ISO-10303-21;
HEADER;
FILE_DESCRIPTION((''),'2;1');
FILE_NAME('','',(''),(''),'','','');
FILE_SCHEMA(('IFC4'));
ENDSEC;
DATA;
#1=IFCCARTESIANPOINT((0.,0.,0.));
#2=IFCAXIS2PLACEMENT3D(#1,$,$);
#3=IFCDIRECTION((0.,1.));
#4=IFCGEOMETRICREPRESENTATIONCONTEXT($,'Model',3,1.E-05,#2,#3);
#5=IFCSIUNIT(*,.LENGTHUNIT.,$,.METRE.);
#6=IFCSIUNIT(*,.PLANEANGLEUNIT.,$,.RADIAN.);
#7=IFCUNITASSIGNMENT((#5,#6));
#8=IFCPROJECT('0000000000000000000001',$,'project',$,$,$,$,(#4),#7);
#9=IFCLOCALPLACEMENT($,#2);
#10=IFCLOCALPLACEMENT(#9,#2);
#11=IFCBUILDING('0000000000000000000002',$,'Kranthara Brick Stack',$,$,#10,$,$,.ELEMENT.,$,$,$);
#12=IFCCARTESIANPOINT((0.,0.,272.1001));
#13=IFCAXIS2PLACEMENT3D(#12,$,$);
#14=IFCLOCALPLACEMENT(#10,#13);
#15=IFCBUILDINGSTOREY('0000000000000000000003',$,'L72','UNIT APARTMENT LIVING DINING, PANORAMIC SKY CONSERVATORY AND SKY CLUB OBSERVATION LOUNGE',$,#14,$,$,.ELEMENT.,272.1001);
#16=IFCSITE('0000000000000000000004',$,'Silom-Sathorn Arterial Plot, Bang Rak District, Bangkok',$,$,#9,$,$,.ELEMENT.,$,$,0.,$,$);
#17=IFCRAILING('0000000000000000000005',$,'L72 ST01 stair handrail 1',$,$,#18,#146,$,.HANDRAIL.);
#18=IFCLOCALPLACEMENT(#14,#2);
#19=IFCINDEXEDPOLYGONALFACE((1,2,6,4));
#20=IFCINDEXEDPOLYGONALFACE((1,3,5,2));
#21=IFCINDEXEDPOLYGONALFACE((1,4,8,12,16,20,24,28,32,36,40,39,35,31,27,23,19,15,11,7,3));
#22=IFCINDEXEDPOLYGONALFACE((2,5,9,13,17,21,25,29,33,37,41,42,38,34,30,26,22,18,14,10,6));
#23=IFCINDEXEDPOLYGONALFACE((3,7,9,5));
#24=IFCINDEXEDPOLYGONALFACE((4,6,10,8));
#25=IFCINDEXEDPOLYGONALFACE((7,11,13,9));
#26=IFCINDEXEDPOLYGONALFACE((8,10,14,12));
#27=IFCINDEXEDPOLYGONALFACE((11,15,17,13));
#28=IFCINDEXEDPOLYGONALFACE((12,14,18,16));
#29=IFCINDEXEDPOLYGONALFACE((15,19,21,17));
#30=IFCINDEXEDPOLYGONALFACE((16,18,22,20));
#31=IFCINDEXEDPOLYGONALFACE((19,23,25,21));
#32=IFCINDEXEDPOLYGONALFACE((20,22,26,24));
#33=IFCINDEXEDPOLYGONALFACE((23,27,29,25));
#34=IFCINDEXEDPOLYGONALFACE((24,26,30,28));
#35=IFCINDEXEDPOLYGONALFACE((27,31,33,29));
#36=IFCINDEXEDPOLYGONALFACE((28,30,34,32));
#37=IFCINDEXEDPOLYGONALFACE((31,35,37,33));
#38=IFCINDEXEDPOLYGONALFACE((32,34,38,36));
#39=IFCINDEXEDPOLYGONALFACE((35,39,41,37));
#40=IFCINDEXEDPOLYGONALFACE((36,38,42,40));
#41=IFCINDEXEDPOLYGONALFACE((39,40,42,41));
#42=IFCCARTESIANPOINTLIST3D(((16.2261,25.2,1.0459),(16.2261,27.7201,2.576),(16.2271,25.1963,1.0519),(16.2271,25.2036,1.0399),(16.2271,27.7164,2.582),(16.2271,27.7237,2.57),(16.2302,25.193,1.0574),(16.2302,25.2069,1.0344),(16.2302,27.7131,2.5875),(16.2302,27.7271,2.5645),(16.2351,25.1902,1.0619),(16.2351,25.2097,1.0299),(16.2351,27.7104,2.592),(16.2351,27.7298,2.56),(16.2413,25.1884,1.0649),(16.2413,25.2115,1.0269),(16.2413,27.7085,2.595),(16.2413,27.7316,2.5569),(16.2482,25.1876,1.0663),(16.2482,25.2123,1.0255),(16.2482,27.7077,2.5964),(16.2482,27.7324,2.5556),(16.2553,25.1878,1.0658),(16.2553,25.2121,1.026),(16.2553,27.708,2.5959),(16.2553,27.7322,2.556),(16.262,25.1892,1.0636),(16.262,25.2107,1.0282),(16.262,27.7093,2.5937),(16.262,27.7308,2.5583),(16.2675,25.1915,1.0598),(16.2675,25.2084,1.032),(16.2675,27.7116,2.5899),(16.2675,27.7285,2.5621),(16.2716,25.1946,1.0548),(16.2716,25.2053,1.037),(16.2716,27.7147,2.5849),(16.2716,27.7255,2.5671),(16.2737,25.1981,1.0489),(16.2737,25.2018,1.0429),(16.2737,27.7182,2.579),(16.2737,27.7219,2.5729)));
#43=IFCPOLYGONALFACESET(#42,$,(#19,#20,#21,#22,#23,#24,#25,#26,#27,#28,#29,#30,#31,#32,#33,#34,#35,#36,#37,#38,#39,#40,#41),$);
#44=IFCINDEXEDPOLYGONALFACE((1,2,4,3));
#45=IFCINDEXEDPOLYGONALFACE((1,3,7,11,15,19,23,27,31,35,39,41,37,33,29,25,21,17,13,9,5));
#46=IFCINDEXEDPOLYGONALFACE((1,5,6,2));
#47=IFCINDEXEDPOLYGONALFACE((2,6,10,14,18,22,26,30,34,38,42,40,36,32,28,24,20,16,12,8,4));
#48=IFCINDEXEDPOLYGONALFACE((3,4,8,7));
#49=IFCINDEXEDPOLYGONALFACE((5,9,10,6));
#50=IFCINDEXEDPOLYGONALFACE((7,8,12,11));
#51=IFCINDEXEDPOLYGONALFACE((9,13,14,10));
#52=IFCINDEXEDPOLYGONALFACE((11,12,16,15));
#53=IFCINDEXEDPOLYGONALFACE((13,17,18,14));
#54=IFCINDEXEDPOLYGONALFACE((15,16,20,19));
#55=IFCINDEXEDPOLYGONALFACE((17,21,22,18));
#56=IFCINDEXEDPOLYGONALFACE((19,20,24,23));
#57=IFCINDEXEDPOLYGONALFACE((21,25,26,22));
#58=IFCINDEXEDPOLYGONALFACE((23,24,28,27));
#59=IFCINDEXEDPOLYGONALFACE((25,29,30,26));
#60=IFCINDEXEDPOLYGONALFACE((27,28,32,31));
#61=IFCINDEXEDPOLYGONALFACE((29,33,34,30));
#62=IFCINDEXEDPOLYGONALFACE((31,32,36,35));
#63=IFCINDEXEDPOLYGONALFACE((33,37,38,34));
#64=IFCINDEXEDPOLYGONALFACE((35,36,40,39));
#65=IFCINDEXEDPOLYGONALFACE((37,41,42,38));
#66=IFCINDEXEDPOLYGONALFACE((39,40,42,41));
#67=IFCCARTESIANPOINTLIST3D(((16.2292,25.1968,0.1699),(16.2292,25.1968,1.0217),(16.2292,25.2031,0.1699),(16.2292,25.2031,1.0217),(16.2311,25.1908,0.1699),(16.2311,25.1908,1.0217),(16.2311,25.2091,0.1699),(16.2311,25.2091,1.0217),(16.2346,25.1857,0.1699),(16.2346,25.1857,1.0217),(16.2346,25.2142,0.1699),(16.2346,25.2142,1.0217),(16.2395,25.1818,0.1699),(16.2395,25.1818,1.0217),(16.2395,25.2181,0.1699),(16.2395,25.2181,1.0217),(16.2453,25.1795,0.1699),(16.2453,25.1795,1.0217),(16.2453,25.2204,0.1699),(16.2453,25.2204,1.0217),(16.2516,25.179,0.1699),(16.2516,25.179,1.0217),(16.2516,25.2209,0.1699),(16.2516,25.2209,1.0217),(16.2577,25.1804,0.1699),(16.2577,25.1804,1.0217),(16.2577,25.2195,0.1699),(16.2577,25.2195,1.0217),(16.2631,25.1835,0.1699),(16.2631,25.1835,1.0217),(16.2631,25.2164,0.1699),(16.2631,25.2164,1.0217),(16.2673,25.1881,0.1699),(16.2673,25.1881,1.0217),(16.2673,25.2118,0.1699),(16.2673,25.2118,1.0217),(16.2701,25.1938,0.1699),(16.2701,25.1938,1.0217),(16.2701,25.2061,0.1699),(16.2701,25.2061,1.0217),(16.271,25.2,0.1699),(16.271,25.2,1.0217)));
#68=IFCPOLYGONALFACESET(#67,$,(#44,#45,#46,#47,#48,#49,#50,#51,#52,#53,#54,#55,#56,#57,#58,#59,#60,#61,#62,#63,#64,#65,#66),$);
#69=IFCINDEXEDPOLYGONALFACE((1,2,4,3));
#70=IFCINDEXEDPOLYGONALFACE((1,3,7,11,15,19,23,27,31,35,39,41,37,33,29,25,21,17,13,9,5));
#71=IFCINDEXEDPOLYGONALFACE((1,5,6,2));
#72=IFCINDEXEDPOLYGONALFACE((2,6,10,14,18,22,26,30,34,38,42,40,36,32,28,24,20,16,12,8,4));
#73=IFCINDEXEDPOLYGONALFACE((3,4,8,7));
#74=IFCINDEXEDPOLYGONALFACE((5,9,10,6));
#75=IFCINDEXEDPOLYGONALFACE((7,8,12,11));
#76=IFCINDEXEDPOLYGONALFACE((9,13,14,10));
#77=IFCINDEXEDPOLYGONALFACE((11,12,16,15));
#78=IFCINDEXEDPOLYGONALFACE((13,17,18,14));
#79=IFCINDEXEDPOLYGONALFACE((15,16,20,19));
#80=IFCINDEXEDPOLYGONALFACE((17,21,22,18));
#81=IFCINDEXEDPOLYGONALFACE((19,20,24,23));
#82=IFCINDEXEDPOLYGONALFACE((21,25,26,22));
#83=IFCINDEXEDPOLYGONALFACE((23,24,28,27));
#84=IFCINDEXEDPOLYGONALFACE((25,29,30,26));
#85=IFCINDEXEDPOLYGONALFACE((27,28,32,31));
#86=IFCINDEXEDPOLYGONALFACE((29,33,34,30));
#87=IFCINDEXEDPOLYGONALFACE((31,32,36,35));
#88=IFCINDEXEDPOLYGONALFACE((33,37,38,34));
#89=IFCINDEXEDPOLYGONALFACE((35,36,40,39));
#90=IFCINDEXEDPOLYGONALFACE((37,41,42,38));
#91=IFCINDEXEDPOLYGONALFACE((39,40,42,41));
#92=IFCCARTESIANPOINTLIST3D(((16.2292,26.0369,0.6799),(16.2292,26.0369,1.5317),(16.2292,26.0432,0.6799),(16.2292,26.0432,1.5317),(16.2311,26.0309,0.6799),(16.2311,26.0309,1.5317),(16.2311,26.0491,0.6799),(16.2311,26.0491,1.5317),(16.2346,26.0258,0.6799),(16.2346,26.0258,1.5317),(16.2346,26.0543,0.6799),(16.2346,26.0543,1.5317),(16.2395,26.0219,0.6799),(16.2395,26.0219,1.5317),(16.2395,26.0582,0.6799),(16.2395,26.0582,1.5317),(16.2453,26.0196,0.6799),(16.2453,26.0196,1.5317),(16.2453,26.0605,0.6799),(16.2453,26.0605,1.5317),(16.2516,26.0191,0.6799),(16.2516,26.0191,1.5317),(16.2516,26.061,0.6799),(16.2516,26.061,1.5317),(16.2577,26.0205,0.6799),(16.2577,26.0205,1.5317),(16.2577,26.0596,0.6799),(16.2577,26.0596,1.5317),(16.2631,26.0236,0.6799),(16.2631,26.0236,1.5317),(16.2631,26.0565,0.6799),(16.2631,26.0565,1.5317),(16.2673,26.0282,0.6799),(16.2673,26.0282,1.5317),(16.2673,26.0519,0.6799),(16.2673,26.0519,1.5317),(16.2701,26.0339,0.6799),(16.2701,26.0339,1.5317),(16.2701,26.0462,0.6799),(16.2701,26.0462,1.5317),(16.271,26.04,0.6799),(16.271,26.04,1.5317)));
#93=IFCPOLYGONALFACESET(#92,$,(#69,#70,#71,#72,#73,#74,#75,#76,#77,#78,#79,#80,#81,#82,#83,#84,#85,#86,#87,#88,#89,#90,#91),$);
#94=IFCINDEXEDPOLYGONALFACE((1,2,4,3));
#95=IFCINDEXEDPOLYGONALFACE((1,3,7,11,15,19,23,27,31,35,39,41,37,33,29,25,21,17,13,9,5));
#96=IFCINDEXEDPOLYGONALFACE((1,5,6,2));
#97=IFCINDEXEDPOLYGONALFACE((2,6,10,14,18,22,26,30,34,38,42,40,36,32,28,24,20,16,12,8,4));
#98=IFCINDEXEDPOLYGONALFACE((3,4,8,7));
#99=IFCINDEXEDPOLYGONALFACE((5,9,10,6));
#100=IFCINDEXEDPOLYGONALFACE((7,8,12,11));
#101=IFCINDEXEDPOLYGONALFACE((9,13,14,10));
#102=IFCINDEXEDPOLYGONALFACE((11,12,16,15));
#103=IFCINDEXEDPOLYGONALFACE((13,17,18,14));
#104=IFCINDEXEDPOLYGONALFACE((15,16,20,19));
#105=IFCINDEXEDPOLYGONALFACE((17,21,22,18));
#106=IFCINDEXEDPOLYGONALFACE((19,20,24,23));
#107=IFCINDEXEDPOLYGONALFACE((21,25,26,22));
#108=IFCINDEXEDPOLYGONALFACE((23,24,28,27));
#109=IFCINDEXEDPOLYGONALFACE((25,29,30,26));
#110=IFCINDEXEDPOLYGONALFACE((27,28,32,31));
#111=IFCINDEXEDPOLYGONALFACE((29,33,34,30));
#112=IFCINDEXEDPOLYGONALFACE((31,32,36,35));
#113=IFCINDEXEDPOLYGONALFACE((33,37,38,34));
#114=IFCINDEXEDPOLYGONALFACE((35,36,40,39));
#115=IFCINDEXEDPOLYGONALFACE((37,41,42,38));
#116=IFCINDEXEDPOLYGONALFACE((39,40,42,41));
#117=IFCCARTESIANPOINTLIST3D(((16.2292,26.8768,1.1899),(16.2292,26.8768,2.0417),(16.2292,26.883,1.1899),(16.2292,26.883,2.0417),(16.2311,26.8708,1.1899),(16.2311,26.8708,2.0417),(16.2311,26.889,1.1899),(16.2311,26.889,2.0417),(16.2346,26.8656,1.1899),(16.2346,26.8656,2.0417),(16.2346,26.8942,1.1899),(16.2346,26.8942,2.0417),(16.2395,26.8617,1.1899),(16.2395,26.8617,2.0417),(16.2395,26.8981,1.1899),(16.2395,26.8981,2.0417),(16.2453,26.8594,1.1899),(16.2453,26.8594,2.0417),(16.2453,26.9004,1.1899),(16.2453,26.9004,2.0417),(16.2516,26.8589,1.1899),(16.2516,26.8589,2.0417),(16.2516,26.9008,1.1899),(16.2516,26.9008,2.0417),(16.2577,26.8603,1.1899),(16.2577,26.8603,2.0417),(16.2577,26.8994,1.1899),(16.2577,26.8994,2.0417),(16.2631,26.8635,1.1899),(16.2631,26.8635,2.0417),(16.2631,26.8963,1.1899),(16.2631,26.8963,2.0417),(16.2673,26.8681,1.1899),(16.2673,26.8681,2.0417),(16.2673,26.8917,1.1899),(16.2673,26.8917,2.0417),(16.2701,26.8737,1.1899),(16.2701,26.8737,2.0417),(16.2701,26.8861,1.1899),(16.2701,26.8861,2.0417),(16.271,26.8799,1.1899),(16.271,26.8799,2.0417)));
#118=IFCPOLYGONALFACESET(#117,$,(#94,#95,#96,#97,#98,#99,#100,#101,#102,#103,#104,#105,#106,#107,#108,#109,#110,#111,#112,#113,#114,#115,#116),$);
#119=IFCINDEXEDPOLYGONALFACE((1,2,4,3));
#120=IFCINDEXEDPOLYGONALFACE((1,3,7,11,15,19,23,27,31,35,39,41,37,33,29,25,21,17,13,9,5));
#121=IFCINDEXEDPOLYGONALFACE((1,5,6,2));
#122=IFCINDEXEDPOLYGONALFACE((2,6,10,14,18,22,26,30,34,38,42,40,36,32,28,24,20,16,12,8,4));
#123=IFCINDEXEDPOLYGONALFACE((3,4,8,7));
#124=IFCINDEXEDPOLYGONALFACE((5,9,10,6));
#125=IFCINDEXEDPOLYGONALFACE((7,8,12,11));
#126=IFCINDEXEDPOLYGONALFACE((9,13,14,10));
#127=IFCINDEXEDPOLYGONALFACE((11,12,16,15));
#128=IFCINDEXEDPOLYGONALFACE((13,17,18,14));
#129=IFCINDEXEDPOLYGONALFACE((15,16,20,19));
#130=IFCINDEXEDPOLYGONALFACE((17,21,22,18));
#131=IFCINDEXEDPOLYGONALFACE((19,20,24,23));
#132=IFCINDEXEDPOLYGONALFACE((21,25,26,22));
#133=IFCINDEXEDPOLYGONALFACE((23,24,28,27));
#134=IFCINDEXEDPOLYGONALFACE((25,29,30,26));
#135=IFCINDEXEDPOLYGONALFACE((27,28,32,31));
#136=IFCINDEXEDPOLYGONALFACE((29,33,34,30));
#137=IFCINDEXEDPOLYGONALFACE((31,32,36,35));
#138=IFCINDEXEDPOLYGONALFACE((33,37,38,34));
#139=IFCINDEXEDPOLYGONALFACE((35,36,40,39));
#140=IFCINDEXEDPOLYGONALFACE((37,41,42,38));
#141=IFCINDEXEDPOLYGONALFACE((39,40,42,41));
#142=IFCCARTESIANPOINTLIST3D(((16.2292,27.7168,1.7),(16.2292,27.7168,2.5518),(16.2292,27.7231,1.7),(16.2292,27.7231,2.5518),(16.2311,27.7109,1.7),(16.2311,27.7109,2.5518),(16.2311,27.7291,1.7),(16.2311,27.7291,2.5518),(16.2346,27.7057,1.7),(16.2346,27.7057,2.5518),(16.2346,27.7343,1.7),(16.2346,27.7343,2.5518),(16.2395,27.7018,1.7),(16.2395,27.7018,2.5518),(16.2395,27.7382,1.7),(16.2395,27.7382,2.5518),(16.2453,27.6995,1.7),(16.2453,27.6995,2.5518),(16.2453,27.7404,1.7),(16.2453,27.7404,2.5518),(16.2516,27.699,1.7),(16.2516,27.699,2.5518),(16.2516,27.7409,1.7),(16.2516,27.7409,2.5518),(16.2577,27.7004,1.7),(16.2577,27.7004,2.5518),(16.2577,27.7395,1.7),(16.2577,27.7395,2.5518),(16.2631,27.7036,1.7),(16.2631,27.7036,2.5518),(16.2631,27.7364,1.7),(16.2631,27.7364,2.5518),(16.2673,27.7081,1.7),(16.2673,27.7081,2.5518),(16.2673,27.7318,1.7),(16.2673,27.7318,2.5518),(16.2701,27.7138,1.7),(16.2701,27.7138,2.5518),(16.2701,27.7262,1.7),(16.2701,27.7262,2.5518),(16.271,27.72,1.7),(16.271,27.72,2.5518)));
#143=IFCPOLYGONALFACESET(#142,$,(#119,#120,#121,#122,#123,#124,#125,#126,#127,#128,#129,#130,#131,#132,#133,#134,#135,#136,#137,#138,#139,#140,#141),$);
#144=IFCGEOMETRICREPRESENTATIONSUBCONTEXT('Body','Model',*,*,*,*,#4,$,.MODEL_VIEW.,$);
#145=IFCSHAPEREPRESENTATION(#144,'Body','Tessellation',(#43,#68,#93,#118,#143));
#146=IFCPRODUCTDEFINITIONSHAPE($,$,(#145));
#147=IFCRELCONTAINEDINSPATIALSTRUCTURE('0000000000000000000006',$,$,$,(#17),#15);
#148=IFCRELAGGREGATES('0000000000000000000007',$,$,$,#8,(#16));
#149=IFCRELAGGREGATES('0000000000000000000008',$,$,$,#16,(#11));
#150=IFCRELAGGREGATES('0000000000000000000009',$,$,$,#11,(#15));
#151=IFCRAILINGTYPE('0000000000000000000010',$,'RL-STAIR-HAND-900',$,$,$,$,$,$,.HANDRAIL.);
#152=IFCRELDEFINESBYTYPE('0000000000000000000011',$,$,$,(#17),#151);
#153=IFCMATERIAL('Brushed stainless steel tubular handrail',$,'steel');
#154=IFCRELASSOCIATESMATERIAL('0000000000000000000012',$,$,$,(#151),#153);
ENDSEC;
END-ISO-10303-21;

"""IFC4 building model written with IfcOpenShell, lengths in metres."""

from ifc_helpers import new_model, si_unit, direction, frame, origin, origin_2d, place, context, subcontext, project, spatial, circle, extrude, material, type_object, element, save


model = new_model("IFC4")

# Units and contexts
model_context = context("Model", 3, precision=1e-05, world=origin(), true_north=direction((0.0, 1.0)))
body_context = subcontext(model_context, "Body", "Model", "MODEL_VIEW")
ifc_project = project(units=[si_unit("LENGTHUNIT", "METRE"), si_unit("PLANEANGLEUNIT", "RADIAN")], contexts=[model_context])

# Site, building, storey
site_placement = place(None, origin())
site = spatial("IfcSite", under=ifc_project, at=site_placement, Name="Silom-Sathorn Arterial Plot, Bang Rak District, Bangkok", CompositionType="ELEMENT", RefElevation=0.0)
building_placement = place(site_placement, origin())
building = spatial("IfcBuilding", under=site, at=building_placement, Name="Kranthara Brick Stack", CompositionType="ELEMENT")
storey_placement = place(building_placement, frame((0.0, 0.0, 272.1001)))
storey = spatial("IfcBuildingStorey", under=building, at=storey_placement, Name="L72", Description="UNIT APARTMENT LIVING DINING, PANORAMIC SKY CONSERVATORY AND SKY CLUB OBSERVATION LOUNGE", CompositionType="ELEMENT", Elevation=272.1001)

# Railing
ifc_material_1 = material(Name="Brushed stainless steel tubular handrail", Category="steel")
railing_type_1 = type_object("IfcRailingType", Name="RL-STAIR-HAND-900", PredefinedType="HANDRAIL", material=ifc_material_1)
railing_1_placement = place(storey_placement, frame((16.25, 25.2, 0.1699)))
element("IfcRailing", 1, at=railing_1_placement, inside=storey, type_object=railing_type_1, Name="L72 ST01 stair handrail 1", PredefinedType="HANDRAIL", context=body_context, shape_type="SweptSolid", body=[
    extrude(circle(Radius=0.0239, at=origin_2d()), frame((0.0, 0.0, 0.876), z_axis=(0.0, 0.854785, 0.518982), x_axis=(-1.0, 0.0, 0.0)), (0.0, 0.0, 1.0), 2.9482),
    extrude(circle(Radius=0.021, at=origin_2d()), origin(), (0.0, 0.0, 1.0), 0.8518),
    extrude(circle(Radius=0.021, at=origin_2d()), frame((0.0, 0.8401, 0.51)), (0.0, 0.0, 1.0), 0.8518),
    extrude(circle(Radius=0.021, at=origin_2d()), frame((0.0, 1.6799, 1.02)), (0.0, 0.0, 1.0), 0.8518),
    extrude(circle(Radius=0.021, at=origin_2d()), frame((0.0, 2.52, 1.53)), (0.0, 0.0, 1.0), 0.8518),
])

save(model, "model.ifc")
